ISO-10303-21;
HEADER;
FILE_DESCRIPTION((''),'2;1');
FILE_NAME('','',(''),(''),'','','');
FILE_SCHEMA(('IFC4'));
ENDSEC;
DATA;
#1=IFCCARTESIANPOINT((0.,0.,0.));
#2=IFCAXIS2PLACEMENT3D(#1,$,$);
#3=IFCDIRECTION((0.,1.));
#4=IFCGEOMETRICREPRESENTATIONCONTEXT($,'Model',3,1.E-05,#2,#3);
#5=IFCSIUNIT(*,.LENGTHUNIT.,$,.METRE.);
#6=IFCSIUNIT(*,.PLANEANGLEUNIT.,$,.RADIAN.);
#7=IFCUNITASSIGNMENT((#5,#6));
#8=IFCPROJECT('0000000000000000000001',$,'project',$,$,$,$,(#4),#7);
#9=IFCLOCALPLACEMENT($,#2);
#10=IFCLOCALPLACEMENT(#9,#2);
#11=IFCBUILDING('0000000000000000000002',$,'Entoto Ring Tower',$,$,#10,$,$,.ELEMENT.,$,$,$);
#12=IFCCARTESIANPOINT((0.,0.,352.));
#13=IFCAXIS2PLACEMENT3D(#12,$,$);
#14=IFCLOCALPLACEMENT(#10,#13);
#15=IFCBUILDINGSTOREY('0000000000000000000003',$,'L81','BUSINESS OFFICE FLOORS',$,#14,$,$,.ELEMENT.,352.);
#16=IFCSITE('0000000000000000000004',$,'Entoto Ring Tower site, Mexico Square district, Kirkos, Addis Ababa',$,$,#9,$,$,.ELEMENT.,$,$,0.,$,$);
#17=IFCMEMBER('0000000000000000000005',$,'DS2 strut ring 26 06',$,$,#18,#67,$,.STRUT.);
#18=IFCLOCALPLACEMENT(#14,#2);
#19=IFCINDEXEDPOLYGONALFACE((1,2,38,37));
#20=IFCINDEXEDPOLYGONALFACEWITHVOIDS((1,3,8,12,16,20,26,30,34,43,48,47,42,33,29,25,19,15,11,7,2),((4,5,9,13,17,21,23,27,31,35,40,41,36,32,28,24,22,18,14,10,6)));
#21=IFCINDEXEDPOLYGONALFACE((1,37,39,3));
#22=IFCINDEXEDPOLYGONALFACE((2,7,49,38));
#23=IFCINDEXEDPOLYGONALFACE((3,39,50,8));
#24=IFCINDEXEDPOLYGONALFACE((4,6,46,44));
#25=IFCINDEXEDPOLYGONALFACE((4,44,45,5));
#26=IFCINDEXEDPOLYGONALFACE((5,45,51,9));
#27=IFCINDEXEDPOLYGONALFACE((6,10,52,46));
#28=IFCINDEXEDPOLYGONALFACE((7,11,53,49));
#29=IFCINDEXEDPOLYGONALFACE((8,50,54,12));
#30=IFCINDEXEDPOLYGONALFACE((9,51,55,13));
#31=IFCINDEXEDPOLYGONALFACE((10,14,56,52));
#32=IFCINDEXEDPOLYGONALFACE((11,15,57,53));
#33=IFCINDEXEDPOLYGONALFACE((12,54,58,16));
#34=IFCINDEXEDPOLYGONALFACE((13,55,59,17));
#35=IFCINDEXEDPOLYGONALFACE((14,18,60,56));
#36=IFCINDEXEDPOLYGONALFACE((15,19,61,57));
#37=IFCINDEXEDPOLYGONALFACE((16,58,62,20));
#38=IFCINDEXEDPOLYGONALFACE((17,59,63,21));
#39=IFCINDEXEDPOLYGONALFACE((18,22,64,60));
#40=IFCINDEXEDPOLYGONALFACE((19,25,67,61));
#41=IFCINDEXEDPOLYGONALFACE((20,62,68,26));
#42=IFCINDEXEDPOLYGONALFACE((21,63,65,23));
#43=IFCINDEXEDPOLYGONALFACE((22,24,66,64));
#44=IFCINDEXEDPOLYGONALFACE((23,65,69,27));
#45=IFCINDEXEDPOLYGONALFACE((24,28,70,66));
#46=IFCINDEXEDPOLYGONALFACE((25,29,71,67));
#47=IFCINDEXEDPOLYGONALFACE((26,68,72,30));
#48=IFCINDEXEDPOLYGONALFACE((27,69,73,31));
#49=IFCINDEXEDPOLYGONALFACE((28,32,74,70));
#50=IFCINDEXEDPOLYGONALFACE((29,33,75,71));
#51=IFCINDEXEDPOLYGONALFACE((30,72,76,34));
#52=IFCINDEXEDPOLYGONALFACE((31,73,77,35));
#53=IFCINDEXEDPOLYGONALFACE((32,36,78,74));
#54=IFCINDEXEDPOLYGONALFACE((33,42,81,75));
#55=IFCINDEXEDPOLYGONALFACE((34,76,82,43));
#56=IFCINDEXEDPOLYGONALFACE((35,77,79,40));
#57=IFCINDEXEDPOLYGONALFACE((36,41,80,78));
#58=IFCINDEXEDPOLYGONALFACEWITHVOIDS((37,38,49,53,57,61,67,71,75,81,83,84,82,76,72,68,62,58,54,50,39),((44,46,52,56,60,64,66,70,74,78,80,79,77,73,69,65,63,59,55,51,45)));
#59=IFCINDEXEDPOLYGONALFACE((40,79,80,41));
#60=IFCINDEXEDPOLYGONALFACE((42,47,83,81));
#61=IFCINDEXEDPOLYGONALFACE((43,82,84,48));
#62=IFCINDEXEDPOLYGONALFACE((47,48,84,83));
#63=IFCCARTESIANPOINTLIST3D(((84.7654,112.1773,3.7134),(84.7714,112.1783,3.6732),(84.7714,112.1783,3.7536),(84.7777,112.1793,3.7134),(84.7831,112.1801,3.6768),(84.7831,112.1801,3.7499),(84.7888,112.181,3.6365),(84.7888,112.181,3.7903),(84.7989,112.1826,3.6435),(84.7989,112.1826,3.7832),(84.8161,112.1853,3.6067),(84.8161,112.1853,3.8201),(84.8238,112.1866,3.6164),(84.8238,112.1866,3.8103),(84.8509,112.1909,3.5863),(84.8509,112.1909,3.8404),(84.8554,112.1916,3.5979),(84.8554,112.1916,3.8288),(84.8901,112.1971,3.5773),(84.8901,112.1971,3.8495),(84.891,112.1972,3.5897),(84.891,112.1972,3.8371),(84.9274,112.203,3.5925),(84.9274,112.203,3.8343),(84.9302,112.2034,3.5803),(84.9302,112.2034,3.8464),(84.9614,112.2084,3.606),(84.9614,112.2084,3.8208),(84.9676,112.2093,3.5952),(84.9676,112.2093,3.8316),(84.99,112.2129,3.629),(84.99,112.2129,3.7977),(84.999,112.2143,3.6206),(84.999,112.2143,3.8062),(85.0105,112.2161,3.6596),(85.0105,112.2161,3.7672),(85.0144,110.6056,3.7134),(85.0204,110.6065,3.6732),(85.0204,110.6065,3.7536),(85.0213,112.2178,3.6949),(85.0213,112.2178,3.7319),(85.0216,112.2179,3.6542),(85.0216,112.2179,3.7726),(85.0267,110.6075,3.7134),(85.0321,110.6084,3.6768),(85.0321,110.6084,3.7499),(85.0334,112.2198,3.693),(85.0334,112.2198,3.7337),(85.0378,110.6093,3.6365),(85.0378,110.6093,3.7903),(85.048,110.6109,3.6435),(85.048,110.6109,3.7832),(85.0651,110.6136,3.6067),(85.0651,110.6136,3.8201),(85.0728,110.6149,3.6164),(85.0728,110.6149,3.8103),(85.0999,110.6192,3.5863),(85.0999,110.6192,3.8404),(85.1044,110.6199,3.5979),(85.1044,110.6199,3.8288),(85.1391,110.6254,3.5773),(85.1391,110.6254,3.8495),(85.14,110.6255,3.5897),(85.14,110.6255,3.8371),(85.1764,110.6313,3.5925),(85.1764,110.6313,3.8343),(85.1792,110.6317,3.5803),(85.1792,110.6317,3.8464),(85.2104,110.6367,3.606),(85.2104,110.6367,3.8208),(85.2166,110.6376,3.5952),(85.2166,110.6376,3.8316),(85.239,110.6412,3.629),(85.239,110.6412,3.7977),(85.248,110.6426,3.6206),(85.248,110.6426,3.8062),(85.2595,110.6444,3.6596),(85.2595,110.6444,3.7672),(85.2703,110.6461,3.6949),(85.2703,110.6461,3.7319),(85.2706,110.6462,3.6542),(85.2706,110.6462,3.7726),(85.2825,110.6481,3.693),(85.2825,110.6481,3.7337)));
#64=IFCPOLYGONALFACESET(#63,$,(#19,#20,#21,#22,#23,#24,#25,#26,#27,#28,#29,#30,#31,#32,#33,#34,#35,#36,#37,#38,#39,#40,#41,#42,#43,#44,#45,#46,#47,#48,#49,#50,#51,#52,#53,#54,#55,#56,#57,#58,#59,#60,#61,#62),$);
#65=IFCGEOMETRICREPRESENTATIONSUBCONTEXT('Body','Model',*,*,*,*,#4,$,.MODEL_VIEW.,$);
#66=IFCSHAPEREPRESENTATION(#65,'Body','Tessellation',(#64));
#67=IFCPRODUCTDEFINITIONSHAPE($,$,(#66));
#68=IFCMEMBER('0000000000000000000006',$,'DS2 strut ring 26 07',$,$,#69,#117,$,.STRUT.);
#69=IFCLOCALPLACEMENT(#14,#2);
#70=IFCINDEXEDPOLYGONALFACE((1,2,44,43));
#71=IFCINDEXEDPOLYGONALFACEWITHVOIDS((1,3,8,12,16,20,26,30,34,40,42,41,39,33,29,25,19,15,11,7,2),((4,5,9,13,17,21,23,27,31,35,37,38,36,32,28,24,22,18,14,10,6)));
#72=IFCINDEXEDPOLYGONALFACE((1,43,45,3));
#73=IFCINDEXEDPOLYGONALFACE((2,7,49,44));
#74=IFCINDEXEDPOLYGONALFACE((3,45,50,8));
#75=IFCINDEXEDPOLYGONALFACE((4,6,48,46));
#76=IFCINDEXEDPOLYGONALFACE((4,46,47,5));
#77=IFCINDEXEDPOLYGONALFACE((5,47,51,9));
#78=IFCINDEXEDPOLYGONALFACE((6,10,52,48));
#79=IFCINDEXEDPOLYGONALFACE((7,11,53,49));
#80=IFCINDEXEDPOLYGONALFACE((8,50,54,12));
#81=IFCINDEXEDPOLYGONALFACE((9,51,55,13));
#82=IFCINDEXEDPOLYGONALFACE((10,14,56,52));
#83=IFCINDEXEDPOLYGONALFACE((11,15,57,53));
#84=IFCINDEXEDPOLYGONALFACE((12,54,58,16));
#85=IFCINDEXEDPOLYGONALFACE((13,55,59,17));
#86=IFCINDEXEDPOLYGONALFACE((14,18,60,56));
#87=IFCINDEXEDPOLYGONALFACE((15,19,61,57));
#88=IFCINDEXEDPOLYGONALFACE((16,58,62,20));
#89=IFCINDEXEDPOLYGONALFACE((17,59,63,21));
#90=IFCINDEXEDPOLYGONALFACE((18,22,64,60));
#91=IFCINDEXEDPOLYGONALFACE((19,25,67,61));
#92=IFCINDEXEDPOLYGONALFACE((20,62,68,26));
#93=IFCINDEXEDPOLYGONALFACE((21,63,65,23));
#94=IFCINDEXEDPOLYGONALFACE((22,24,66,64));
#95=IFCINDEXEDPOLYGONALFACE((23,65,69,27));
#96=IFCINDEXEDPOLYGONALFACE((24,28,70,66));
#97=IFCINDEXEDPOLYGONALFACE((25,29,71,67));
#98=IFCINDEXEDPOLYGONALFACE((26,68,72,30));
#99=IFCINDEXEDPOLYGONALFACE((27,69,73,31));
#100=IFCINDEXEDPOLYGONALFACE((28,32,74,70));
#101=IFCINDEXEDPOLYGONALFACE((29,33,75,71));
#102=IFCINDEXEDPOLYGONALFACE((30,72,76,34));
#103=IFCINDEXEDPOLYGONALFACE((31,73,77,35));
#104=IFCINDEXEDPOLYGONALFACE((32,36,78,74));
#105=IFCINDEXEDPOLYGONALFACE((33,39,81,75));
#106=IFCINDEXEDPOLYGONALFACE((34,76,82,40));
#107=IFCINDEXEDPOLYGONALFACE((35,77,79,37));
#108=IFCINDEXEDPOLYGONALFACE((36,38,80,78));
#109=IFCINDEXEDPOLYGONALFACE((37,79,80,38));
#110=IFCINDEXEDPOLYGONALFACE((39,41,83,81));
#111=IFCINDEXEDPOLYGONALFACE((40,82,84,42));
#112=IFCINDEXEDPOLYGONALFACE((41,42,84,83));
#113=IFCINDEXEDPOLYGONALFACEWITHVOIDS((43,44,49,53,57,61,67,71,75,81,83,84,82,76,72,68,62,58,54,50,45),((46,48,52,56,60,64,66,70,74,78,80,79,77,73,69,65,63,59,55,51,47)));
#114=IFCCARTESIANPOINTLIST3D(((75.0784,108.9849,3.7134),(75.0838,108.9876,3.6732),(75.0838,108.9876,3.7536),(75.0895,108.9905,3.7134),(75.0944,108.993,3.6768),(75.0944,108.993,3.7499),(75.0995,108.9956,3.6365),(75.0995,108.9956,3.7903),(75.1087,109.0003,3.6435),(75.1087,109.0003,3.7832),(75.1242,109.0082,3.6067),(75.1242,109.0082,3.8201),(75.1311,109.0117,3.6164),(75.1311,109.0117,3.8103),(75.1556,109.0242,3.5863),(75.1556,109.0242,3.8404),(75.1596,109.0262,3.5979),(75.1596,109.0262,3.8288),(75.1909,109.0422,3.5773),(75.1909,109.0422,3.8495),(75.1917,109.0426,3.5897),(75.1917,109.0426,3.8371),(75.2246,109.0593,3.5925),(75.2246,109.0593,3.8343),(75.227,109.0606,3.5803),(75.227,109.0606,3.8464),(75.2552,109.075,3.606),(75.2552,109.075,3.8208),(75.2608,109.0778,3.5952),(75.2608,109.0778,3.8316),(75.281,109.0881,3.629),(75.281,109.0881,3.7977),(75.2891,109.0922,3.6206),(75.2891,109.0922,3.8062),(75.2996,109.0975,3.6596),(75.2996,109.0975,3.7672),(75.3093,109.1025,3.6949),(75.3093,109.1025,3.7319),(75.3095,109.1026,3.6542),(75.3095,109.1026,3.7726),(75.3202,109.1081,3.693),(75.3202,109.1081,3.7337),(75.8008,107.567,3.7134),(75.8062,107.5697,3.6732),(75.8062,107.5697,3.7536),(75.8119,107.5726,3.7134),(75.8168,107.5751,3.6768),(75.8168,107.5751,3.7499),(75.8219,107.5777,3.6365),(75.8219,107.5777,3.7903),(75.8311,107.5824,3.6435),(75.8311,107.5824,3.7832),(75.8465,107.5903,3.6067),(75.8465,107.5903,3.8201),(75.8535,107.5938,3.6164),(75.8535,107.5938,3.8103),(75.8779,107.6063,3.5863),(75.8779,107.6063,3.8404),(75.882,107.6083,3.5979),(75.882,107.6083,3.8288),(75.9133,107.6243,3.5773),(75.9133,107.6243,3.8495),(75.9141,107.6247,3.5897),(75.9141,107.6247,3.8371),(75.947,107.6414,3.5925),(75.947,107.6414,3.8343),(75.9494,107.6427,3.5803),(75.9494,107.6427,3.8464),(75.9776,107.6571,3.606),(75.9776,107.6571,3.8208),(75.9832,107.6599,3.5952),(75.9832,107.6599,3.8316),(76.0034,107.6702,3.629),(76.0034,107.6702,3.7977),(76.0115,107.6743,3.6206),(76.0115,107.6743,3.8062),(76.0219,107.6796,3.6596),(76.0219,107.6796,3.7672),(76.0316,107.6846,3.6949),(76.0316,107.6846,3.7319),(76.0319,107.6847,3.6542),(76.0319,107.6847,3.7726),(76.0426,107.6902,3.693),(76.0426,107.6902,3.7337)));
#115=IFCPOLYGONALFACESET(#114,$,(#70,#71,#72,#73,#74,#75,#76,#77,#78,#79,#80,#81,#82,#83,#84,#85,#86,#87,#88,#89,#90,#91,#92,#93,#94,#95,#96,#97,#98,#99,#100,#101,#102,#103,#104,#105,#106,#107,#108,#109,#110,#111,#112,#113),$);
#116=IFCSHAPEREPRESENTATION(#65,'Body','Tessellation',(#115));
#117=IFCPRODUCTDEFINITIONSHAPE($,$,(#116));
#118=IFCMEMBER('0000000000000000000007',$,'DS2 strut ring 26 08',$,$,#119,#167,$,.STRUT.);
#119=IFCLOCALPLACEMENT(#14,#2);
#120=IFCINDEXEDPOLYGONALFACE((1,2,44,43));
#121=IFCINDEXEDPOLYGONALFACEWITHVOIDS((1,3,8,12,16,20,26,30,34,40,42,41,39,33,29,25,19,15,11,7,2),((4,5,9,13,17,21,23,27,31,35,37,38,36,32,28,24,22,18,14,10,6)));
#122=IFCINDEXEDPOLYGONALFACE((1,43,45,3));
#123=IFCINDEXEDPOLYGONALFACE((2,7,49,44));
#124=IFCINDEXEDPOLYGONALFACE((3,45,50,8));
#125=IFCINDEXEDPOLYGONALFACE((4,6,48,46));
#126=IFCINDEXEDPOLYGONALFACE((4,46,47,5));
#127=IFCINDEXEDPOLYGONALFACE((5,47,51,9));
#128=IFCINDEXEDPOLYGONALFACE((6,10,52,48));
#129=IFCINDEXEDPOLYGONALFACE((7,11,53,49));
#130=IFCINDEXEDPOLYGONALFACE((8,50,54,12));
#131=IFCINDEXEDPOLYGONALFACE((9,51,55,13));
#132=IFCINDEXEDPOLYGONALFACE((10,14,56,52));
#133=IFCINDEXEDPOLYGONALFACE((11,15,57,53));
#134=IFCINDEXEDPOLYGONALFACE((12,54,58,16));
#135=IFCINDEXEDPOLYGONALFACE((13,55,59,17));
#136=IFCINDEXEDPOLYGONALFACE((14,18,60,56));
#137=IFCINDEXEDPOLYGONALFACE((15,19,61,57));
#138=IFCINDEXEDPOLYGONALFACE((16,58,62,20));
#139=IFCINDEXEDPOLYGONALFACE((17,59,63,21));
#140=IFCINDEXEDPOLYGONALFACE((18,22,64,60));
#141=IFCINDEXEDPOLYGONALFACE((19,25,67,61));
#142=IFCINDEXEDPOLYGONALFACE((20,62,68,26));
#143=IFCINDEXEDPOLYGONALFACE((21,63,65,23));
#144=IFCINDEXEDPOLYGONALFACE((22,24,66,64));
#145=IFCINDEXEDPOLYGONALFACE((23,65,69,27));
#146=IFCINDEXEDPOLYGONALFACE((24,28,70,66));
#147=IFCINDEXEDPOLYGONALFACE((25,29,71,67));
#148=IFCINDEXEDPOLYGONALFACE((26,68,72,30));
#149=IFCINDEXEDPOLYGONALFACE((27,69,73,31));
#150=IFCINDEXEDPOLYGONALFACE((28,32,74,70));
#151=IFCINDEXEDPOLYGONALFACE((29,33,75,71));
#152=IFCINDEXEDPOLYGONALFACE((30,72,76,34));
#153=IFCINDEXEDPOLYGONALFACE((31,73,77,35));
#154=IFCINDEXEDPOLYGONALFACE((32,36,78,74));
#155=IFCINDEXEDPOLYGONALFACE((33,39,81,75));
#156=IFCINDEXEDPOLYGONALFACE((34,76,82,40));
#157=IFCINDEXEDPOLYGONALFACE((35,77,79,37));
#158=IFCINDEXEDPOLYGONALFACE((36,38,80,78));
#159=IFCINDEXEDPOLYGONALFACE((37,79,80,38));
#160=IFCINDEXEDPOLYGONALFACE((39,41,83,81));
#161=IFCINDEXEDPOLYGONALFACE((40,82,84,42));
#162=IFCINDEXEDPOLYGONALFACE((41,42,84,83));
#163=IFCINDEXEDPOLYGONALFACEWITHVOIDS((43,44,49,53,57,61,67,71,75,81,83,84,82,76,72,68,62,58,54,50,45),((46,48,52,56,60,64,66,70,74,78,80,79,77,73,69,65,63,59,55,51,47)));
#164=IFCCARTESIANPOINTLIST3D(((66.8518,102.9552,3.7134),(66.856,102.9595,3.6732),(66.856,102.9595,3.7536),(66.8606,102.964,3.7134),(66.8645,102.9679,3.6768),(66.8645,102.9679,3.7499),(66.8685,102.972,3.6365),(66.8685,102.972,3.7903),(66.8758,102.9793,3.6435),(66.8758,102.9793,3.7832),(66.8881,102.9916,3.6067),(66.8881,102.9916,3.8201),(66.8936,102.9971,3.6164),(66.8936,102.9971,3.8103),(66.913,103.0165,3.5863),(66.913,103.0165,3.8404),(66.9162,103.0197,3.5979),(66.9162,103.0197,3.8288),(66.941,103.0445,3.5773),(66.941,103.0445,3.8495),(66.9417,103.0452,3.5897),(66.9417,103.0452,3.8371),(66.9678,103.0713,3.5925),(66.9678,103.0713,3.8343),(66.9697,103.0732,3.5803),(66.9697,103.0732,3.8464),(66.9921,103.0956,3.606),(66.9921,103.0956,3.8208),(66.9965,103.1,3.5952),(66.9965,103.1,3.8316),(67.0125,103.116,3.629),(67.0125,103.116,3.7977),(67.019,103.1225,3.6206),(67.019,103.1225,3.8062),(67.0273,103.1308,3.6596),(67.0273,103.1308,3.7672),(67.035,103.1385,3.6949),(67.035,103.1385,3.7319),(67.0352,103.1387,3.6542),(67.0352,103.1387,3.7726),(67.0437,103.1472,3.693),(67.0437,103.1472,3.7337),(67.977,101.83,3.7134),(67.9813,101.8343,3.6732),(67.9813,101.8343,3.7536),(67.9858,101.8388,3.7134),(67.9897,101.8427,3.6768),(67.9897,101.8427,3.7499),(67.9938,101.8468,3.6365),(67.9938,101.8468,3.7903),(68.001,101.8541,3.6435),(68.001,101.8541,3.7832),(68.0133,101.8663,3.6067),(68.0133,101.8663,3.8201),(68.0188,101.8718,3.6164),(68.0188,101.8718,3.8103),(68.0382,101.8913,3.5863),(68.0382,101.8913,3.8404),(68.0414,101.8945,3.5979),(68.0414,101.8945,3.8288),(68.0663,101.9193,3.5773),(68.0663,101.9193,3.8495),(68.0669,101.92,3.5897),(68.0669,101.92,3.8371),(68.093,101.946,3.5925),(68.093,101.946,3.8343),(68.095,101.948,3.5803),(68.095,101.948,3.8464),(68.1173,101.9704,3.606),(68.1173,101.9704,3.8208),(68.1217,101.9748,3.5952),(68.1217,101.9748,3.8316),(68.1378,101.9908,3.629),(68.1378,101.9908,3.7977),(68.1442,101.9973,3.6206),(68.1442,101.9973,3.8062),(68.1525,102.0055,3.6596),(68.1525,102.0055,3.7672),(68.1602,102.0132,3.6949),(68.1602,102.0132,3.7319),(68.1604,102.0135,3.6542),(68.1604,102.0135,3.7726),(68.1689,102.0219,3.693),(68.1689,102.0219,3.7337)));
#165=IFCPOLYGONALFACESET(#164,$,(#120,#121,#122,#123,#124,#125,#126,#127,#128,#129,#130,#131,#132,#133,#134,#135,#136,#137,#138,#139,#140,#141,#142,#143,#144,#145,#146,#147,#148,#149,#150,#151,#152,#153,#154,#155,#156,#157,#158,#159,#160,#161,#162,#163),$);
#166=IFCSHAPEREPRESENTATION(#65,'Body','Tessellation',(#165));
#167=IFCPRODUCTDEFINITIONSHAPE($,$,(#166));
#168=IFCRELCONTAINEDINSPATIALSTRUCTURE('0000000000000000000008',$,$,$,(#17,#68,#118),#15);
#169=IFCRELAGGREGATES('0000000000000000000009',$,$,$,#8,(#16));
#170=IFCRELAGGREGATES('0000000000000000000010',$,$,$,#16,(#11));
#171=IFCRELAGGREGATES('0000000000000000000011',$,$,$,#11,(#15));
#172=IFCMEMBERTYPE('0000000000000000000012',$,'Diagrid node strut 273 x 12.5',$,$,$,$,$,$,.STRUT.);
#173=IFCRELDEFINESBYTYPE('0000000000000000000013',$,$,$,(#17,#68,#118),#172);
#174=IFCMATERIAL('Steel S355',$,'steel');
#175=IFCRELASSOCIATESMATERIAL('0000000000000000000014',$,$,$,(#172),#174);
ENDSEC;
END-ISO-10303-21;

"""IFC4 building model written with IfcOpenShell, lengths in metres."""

from ifc_helpers import new_model, si_unit, direction, frame, origin, origin_2d, place, context, subcontext, project, spatial, circle, hollow_circle, extrude, material, material_profile, profile_set, type_object, element, save


model = new_model("IFC4")

# Units and contexts
model_context = context("Model", 3, precision=1e-05, world=origin(), true_north=direction((0.0, 1.0)))
body_context = subcontext(model_context, "Body", "Model", "MODEL_VIEW")
ifc_project = project(units=[si_unit("LENGTHUNIT", "METRE"), si_unit("PLANEANGLEUNIT", "RADIAN")], contexts=[model_context])

# Site, building, storey
site_placement = place(None, origin())
site = spatial("IfcSite", under=ifc_project, at=site_placement, Name="Entoto Ring Tower site, Mexico Square district, Kirkos, Addis Ababa", CompositionType="ELEMENT", RefElevation=0.0)
building_placement = place(site_placement, origin())
building = spatial("IfcBuilding", under=site, at=building_placement, Name="Entoto Ring Tower", CompositionType="ELEMENT")
storey_placement = place(building_placement, frame((0.0, 0.0, 352.0)))
storey = spatial("IfcBuildingStorey", under=building, at=storey_placement, Name="L81", Description="BUSINESS OFFICE FLOORS", CompositionType="ELEMENT", Elevation=352.0)

# Members
ifc_material_1 = material(Name="Steel S355", Category="steel")
ifc_material_profile_1 = material_profile(ifc_material_1, hollow_circle(Radius=0.1365, WallThickness=0.0125, at=origin_2d()), Name="CHS 273 x 12.5")
ifc_material_2 = material(Name="Concrete C60/75", Category="concrete")
ifc_material_profile_2 = material_profile(ifc_material_2, circle(Radius=0.124, at=origin_2d()), Name="Concrete C60/75 infill")
ifc_profile_set_1 = profile_set([ifc_material_profile_1, ifc_material_profile_2], Name="Steel S355")
member_type = type_object("IfcMemberType", Name="Diagrid node strut 273 x 12.5", PredefinedType="STRUT", material=ifc_profile_set_1)
for number, where, z_axis, x_axis, name in (
    (1, (85.1492, 110.627, 3.7134), (-0.156483, 0.987681, 0.0), (-0.987681, -0.156483, 0.0), "DS2 strut ring 26 06"),
    (2, (75.9224, 107.6289, 3.7134), (-0.453951, 0.891027, 0.0), (-0.891027, -0.453951, 0.0), "DS2 strut ring 26 07"),
    (3, (68.0735, 101.9265, 3.7134), (-0.707107, 0.707107, 0.0), (-0.707107, -0.707107, 0.0), "DS2 strut ring 26 08"),
):
    element("IfcMember", number, at=place(storey_placement, frame(where, z_axis=z_axis, x_axis=x_axis)), inside=storey, type_object=member_type, Name=name, PredefinedType="STRUT", context=body_context, shape_type="SweptSolid", body=[
        extrude(hollow_circle(Radius=0.1365, WallThickness=0.0125, at=origin_2d()), origin(), (0.0, 0.0, 1.0), 1.5913),
    ])

save(model, "model.ifc")
